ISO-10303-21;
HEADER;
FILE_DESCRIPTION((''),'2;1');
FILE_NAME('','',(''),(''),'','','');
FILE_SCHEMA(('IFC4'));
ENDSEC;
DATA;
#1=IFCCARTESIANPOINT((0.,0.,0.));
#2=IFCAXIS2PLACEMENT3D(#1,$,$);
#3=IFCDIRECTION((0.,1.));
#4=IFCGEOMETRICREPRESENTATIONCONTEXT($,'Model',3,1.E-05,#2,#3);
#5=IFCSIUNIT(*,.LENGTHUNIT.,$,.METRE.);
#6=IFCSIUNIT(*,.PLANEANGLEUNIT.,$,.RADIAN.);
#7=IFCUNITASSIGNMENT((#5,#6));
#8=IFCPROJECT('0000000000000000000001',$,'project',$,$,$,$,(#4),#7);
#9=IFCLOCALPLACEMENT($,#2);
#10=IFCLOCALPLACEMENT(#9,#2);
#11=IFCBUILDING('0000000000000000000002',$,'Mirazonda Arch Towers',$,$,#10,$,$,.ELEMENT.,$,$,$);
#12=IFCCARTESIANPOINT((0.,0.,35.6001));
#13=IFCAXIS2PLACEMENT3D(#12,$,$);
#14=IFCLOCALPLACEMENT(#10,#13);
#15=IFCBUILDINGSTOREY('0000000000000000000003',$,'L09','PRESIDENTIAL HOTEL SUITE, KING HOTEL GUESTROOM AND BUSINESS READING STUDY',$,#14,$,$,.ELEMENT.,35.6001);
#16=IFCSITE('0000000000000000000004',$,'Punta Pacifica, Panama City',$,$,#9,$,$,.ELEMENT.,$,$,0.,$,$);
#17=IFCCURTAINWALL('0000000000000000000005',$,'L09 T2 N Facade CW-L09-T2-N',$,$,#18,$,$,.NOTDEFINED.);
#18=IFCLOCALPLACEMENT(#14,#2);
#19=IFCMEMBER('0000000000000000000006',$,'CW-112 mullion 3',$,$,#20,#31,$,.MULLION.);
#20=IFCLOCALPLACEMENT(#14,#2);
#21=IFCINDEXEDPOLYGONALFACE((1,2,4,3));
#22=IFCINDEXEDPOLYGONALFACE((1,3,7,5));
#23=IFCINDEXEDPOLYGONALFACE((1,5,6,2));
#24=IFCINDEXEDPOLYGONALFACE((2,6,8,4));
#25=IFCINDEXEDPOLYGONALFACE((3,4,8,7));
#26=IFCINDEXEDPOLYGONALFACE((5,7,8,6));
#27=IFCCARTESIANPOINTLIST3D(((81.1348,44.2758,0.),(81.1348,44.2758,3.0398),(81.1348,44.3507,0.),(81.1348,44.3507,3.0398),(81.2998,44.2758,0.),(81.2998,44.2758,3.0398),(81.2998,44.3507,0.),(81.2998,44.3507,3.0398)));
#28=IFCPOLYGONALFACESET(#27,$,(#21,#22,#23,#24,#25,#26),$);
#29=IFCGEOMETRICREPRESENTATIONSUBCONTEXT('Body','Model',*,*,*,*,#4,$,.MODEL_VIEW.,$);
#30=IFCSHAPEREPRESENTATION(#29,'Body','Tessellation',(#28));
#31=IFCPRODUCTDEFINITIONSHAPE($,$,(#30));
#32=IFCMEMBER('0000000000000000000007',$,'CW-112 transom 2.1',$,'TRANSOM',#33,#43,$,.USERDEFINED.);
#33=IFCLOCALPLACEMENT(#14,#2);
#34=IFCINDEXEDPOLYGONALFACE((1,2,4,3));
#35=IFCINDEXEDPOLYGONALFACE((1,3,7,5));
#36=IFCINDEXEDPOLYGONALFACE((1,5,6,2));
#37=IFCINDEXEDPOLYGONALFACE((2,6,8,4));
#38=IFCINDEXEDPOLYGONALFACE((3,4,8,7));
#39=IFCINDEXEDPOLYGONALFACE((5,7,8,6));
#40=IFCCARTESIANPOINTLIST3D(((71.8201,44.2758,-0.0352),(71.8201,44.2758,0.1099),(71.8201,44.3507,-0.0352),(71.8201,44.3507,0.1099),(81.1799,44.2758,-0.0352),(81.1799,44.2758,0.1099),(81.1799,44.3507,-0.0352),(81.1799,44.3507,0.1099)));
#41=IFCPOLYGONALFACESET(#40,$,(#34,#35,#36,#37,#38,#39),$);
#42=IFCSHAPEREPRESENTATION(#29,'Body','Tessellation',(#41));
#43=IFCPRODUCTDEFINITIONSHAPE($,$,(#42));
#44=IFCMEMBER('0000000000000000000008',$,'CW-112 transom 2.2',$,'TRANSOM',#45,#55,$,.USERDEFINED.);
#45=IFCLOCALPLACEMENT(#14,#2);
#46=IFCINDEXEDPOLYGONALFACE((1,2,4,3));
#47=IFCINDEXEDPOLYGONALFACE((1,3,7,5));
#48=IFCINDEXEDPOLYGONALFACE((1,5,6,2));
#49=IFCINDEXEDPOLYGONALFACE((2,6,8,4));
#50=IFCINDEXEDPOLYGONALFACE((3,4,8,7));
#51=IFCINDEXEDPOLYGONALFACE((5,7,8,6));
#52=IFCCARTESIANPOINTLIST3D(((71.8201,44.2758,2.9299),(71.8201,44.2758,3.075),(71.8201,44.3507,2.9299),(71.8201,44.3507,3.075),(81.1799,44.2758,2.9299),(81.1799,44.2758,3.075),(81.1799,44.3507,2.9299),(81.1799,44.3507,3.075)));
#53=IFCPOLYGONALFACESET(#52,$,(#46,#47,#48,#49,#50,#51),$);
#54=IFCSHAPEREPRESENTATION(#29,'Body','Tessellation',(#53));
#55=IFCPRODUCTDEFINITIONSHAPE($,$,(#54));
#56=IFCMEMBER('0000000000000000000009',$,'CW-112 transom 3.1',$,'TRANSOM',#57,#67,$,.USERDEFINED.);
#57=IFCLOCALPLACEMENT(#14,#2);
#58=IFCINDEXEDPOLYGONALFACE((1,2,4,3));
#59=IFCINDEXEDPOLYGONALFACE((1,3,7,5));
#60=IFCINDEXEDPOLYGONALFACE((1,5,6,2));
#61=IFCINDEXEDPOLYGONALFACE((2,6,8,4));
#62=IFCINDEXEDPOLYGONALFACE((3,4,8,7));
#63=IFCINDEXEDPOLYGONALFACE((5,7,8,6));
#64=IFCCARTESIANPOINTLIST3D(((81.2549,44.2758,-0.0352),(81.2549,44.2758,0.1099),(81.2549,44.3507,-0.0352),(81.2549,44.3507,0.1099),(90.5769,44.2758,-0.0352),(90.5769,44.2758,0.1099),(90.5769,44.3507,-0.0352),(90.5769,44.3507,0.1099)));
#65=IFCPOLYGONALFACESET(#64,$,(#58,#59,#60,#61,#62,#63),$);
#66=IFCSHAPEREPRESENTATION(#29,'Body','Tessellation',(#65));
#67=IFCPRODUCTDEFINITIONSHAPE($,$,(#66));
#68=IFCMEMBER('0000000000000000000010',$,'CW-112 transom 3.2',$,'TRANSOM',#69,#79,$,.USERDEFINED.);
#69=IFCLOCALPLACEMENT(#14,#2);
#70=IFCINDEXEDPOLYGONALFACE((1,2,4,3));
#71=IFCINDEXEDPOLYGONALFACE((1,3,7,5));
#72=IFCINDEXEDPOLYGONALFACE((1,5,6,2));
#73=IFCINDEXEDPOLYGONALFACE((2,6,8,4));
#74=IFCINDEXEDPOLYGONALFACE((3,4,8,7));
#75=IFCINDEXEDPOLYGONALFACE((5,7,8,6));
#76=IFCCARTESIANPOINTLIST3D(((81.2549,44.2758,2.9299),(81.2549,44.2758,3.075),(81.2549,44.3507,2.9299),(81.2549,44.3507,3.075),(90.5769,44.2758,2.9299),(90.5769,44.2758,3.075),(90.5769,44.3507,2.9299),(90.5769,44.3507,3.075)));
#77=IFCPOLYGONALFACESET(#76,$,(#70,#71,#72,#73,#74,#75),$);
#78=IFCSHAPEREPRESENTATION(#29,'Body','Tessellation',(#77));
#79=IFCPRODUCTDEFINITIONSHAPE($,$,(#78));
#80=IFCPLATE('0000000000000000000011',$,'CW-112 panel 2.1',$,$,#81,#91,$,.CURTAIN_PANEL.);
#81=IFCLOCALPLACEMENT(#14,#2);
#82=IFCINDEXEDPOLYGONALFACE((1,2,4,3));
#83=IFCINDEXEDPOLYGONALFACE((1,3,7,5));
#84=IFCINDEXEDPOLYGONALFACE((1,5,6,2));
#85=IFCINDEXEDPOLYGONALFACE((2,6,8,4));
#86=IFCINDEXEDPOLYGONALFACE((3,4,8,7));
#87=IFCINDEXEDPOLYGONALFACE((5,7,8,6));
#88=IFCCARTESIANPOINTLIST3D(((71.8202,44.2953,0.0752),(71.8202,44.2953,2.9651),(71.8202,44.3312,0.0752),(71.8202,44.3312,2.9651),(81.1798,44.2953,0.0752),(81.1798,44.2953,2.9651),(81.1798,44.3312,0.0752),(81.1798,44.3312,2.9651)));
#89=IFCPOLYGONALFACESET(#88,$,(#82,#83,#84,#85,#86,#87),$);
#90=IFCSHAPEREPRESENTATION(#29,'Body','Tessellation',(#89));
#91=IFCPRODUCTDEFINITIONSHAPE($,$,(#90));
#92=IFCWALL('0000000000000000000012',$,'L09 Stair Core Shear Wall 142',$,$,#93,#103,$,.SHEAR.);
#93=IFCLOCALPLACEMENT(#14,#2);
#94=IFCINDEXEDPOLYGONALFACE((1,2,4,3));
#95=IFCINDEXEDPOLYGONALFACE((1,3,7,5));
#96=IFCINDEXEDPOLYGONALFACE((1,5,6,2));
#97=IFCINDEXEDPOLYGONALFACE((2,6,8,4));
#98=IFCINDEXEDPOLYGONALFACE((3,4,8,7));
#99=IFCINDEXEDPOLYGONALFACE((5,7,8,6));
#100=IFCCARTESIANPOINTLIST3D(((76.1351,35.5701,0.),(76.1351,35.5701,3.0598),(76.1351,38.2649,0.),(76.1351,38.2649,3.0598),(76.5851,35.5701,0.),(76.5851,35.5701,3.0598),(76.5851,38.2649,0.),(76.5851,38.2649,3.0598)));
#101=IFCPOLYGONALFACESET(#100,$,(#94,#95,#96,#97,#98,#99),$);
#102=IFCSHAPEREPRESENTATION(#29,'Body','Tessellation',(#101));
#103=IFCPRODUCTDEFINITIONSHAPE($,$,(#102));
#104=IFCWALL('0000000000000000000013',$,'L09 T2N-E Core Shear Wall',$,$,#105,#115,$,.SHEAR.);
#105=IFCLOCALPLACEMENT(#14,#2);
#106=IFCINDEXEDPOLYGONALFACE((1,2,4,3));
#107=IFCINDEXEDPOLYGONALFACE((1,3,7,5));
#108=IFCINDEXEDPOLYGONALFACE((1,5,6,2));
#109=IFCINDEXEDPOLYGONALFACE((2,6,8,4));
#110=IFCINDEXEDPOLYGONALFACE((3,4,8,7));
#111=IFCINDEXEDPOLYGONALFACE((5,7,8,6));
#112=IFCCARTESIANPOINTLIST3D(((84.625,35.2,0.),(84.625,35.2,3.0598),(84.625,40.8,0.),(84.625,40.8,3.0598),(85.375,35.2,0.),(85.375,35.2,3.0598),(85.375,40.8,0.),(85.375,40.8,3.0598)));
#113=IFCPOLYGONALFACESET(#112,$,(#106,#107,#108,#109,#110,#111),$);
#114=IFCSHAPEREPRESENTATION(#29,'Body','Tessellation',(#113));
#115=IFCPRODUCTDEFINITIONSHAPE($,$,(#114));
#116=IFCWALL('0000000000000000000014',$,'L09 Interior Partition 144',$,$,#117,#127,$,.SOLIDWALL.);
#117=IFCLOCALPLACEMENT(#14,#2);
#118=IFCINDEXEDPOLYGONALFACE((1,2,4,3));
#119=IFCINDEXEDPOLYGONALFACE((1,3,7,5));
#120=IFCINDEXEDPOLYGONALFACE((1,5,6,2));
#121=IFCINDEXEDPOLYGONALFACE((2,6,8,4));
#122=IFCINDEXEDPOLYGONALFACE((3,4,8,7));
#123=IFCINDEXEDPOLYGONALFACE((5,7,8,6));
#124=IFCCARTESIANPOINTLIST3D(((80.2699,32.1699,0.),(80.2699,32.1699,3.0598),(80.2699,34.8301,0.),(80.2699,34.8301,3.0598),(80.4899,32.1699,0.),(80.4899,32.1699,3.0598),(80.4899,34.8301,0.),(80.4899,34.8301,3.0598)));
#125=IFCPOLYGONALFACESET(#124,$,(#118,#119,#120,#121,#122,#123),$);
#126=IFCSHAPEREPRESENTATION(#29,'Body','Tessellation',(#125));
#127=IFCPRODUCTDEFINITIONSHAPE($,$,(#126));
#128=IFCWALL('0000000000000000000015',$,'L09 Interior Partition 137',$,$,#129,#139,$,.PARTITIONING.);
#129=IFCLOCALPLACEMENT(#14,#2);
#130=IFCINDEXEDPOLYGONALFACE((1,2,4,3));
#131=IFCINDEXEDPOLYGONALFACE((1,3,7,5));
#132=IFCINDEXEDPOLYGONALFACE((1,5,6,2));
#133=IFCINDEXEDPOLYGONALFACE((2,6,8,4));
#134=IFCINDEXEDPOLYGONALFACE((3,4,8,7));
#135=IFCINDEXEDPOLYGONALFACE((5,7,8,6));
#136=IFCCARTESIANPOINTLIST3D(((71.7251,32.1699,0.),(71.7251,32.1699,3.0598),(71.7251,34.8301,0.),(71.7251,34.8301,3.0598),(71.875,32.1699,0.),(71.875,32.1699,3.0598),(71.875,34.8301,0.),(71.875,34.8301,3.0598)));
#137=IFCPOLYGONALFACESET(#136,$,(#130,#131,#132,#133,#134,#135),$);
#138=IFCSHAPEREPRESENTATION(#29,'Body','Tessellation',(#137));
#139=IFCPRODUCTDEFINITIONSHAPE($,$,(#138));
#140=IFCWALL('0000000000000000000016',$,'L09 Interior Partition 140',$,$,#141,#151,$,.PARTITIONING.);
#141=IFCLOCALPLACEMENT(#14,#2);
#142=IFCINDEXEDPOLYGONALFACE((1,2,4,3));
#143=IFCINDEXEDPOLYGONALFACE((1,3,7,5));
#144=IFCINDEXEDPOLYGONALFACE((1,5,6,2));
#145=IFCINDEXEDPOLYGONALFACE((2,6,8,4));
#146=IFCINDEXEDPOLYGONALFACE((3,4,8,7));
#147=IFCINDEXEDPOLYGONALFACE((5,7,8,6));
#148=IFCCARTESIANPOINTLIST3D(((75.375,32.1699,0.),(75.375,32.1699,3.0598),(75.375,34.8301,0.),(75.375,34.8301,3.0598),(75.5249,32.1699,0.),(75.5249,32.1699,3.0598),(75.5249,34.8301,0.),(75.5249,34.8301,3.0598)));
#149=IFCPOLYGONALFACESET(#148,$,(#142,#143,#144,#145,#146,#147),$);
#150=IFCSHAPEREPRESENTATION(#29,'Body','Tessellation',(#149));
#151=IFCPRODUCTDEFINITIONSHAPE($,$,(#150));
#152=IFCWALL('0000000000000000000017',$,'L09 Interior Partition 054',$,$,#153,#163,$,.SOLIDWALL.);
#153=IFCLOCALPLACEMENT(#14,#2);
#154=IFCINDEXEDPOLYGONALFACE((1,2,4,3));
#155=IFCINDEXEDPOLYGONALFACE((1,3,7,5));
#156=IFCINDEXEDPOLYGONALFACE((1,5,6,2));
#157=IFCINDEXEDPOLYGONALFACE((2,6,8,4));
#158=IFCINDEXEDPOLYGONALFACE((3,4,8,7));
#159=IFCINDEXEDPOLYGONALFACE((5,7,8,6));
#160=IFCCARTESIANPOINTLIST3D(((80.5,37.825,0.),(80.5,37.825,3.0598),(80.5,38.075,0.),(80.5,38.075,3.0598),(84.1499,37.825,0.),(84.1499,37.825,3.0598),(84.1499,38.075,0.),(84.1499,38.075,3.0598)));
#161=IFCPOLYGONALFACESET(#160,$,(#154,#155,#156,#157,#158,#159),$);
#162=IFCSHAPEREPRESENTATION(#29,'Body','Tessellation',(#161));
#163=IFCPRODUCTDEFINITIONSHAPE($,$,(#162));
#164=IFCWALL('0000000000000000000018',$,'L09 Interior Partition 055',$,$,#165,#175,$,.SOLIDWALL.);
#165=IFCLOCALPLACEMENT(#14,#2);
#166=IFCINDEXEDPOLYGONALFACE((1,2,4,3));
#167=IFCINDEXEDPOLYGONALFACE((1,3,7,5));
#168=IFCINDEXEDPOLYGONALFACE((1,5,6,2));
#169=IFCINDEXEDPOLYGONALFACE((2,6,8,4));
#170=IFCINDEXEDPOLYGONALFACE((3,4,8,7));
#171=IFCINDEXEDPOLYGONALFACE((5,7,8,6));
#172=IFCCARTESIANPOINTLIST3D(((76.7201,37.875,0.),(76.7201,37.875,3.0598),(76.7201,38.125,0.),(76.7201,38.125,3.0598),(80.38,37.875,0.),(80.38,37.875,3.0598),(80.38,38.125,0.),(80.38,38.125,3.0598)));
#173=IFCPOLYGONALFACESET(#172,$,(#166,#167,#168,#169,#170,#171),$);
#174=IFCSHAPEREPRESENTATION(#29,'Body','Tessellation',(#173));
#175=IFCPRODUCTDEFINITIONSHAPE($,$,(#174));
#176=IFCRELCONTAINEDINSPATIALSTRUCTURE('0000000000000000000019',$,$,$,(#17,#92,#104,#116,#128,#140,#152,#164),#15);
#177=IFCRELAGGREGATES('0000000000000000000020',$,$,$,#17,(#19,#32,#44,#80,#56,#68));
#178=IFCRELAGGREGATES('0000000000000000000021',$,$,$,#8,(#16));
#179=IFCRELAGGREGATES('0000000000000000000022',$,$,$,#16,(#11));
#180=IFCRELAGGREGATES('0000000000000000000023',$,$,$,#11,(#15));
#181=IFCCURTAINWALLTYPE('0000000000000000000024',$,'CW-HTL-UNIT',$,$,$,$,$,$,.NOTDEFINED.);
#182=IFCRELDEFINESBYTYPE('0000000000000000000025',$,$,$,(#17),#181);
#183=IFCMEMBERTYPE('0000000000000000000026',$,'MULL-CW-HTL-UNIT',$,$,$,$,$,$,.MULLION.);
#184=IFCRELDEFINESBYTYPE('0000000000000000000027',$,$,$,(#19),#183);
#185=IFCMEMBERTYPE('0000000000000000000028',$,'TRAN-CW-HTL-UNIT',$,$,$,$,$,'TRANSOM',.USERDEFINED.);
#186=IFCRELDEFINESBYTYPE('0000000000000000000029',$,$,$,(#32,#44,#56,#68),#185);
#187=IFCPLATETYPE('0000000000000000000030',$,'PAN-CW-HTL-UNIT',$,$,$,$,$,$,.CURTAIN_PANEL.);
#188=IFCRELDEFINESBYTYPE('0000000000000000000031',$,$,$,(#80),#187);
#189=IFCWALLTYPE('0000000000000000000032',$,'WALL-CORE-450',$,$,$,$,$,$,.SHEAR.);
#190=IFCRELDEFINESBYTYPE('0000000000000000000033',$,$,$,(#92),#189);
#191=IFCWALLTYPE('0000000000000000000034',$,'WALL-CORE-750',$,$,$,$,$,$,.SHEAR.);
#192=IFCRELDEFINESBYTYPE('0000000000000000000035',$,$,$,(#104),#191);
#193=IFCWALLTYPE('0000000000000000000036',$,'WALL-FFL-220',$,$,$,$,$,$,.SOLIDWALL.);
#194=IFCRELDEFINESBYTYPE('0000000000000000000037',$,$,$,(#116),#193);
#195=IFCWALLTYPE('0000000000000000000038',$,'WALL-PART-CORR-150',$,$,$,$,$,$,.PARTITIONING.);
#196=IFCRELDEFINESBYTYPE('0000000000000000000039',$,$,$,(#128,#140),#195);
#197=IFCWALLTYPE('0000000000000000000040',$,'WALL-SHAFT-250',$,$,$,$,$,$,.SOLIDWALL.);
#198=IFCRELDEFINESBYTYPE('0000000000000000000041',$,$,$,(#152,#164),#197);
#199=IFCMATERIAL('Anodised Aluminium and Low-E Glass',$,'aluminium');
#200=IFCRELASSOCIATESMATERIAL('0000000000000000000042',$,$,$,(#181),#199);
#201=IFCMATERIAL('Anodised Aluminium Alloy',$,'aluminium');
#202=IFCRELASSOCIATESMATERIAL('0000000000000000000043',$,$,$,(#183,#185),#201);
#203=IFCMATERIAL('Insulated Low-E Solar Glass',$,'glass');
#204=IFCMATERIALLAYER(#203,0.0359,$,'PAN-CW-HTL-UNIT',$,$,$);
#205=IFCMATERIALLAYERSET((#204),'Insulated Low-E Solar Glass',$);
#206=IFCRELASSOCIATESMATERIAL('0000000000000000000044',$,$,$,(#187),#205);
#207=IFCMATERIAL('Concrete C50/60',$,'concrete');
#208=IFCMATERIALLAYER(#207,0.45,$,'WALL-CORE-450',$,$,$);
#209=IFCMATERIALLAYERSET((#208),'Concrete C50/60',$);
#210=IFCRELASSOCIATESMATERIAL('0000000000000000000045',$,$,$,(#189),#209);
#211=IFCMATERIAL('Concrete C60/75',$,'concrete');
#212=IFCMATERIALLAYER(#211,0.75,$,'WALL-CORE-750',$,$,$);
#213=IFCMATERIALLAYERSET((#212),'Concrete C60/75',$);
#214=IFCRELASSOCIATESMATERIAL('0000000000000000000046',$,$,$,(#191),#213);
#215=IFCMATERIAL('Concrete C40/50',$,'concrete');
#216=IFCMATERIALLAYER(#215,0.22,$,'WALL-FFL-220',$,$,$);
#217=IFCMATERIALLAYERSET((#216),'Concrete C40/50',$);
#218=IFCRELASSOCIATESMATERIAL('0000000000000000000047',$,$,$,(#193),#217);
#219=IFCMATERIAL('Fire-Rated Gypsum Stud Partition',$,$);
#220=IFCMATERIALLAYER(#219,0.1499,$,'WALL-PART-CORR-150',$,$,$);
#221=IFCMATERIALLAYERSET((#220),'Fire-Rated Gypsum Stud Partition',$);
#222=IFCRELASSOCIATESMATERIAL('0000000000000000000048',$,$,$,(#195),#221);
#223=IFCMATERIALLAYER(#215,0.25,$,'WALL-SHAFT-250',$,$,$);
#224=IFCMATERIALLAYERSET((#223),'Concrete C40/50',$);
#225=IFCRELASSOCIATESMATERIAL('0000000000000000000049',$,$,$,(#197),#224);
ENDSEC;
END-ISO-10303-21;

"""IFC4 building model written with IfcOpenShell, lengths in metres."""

from ifc_helpers import new_model, si_unit, direction, frame, frame_2d, origin, origin_2d, place, context, subcontext, project, spatial, rectangle, extrude, material, layer, layer_set, material_profile, profile_set, type_object, element, aggregate, save


model = new_model("IFC4")

# Units and contexts
model_context = context("Model", 3, precision=1e-05, world=origin(), true_north=direction((0.0, 1.0)))
body_context = subcontext(model_context, "Body", "Model", "MODEL_VIEW")
ifc_project = project(units=[si_unit("LENGTHUNIT", "METRE"), si_unit("PLANEANGLEUNIT", "RADIAN")], contexts=[model_context])

# Site, building, storey
site_placement = place(None, origin())
site = spatial("IfcSite", under=ifc_project, at=site_placement, Name="Punta Pacifica, Panama City", CompositionType="ELEMENT", RefElevation=0.0)
building_placement = place(site_placement, origin())
building = spatial("IfcBuilding", under=site, at=building_placement, Name="Mirazonda Arch Towers", CompositionType="ELEMENT")
storey_placement = place(building_placement, frame((0.0, 0.0, 35.6001)))
storey = spatial("IfcBuildingStorey", under=building, at=storey_placement, Name="L09", Description="PRESIDENTIAL HOTEL SUITE, KING HOTEL GUESTROOM AND BUSINESS READING STUDY", CompositionType="ELEMENT", Elevation=35.6001)

# Shared definitions
ifc_material_1 = material(Name="Concrete C60/75", Category="concrete")

# Curtain wall, members, plate
ifc_material_2 = material(Name="Anodised Aluminium and Low-E Glass", Category="aluminium")
curtain_wall_type = type_object("IfcCurtainWallType", Name="CW-HTL-UNIT", PredefinedType="NOTDEFINED", material=ifc_material_2)
curtain_wall_placement = place(storey_placement, origin())
curtain_wall = element("IfcCurtainWall", 1, at=curtain_wall_placement, inside=storey, type_object=curtain_wall_type, Name="L09 T2 N Facade CW-L09-T2-N", PredefinedType="NOTDEFINED")
ifc_material_3 = material(Name="Anodised Aluminium Alloy", Category="aluminium")
ifc_material_profile_1 = material_profile(ifc_material_3, rectangle(XDim=0.075, YDim=0.165, at=origin_2d()), Name="ALU-MULL-75x165")
ifc_profile_set_1 = profile_set([ifc_material_profile_1], Name="Anodised Aluminium Alloy")
member_type_1 = type_object("IfcMemberType", Name="MULL-CW-HTL-UNIT", PredefinedType="MULLION", material=ifc_profile_set_1)
member_1_placement = place(storey_placement, frame((81.2173, 44.3132, 0.0), z_axis=(0.0, 0.0, 1.0), x_axis=(0.0, 1.0, 0.0)))
member_1 = element("IfcMember", 2, at=member_1_placement, type_object=member_type_1, Name="CW-112 mullion 3", PredefinedType="MULLION", context=body_context, shape_type="SweptSolid", body=[
    extrude(rectangle(XDim=0.075, YDim=0.165, at=origin_2d()), origin(), (0.0, 0.0, 1.0), 3.0398),
])
ifc_material_profile_2 = material_profile(ifc_material_3, rectangle(XDim=0.075, YDim=0.145, at=origin_2d()), Name="ALU-TRAN-75x145")
ifc_profile_set_2 = profile_set([ifc_material_profile_2], Name="Anodised Aluminium Alloy")
member_type_2 = type_object("IfcMemberType", Name="TRAN-CW-HTL-UNIT", ElementType="TRANSOM", PredefinedType="USERDEFINED", material=ifc_profile_set_2)
member_2_placement = place(storey_placement, frame((71.8201, 44.3132, 0.0374), z_axis=(1.0, 0.0, 0.0), x_axis=(0.0, 1.0, 0.0)))
member_2 = element("IfcMember", 3, at=member_2_placement, type_object=member_type_2, Name="CW-112 transom 2.1", ObjectType="TRANSOM", PredefinedType="USERDEFINED", context=body_context, shape_type="SweptSolid", body=[
    extrude(rectangle(XDim=0.075, YDim=0.145, at=origin_2d()), origin(), (0.0, 0.0, 1.0), 9.3599),
])
member_3_placement = place(storey_placement, frame((71.8201, 44.3132, 3.0024), z_axis=(1.0, 0.0, 0.0), x_axis=(0.0, 1.0, 0.0)))
member_3 = element("IfcMember", 4, at=member_3_placement, type_object=member_type_2, Name="CW-112 transom 2.2", ObjectType="TRANSOM", PredefinedType="USERDEFINED", context=body_context, shape_type="SweptSolid", body=[
    extrude(rectangle(XDim=0.075, YDim=0.145, at=origin_2d()), origin(), (0.0, 0.0, 1.0), 9.3599),
])
member_4_placement = place(storey_placement, frame((81.2549, 44.3132, 0.0374), z_axis=(1.0, 0.0, 0.0), x_axis=(0.0, 1.0, 0.0)))
member_4 = element("IfcMember", 5, at=member_4_placement, type_object=member_type_2, Name="CW-112 transom 3.1", ObjectType="TRANSOM", PredefinedType="USERDEFINED", context=body_context, shape_type="SweptSolid", body=[
    extrude(rectangle(XDim=0.075, YDim=0.145, at=origin_2d()), origin(), (0.0, 0.0, 1.0), 9.322),
])
member_5_placement = place(storey_placement, frame((81.2549, 44.3132, 3.0024), z_axis=(1.0, 0.0, 0.0), x_axis=(0.0, 1.0, 0.0)))
member_5 = element("IfcMember", 6, at=member_5_placement, type_object=member_type_2, Name="CW-112 transom 3.2", ObjectType="TRANSOM", PredefinedType="USERDEFINED", context=body_context, shape_type="SweptSolid", body=[
    extrude(rectangle(XDim=0.075, YDim=0.145, at=origin_2d()), origin(), (0.0, 0.0, 1.0), 9.322),
])
ifc_material_4 = material(Name="Insulated Low-E Solar Glass", Category="glass")
ifc_layer_1 = layer(ifc_material_4, 0.0359, Name="PAN-CW-HTL-UNIT")
ifc_layer_set_1 = layer_set([ifc_layer_1], Name="Insulated Low-E Solar Glass")
plate_type = type_object("IfcPlateType", Name="PAN-CW-HTL-UNIT", PredefinedType="CURTAIN_PANEL", material=ifc_layer_set_1)
plate_placement = place(storey_placement, frame((76.5, 44.3132, 0.0752), z_axis=(0.0, 0.0, 1.0), x_axis=(1.0, 0.0, 0.0)))
plate = element("IfcPlate", 7, at=plate_placement, type_object=plate_type, Name="CW-112 panel 2.1", PredefinedType="CURTAIN_PANEL", context=body_context, shape_type="SweptSolid", body=[
    extrude(rectangle(XDim=9.3596, YDim=0.0359, at=origin_2d()), origin(), (0.0, 0.0, 1.0), 2.8899),
])
aggregate(curtain_wall, [member_1, member_2, member_3, plate, member_4, member_5])

# Walls
ifc_material_5 = material(Name="Concrete C50/60", Category="concrete")
ifc_layer_2 = layer(ifc_material_5, 0.45, Name="WALL-CORE-450")
ifc_layer_set_2 = layer_set([ifc_layer_2], Name="Concrete C50/60")
wall_type_1 = type_object("IfcWallType", Name="WALL-CORE-450", PredefinedType="SHEAR", material=ifc_layer_set_2)
wall_1_placement = place(storey_placement, frame((76.3601, 35.5701, 0.0), z_axis=(0.0, 0.0, 1.0), x_axis=(0.0, 1.0, 0.0)))
element("IfcWall", 8, at=wall_1_placement, inside=storey, type_object=wall_type_1, Name="L09 Stair Core Shear Wall 142", PredefinedType="SHEAR", context=body_context, shape_type="SweptSolid", body=[
    extrude(rectangle(XDim=2.6948, YDim=0.45, at=frame_2d((1.3474, 0.0))), origin(), (0.0, 0.0, 1.0), 3.0598),
])
ifc_layer_3 = layer(ifc_material_1, 0.75, Name="WALL-CORE-750")
ifc_layer_set_3 = layer_set([ifc_layer_3], Name="Concrete C60/75")
wall_type_2 = type_object("IfcWallType", Name="WALL-CORE-750", PredefinedType="SHEAR", material=ifc_layer_set_3)
wall_2_placement = place(storey_placement, frame((85.0, 35.2, 0.0), z_axis=(0.0, 0.0, 1.0), x_axis=(0.0, 1.0, 0.0)))
element("IfcWall", 9, at=wall_2_placement, inside=storey, type_object=wall_type_2, Name="L09 T2N-E Core Shear Wall", PredefinedType="SHEAR", context=body_context, shape_type="SweptSolid", body=[
    extrude(rectangle(XDim=5.6001, YDim=0.75, at=frame_2d((2.8, 0.0))), origin(), (0.0, 0.0, 1.0), 3.0598),
])
ifc_material_6 = material(Name="Concrete C40/50", Category="concrete")
ifc_layer_4 = layer(ifc_material_6, 0.22, Name="WALL-FFL-220")
ifc_layer_set_4 = layer_set([ifc_layer_4], Name="Concrete C40/50")
wall_type_3 = type_object("IfcWallType", Name="WALL-FFL-220", PredefinedType="SOLIDWALL", material=ifc_layer_set_4)
wall_3_placement = place(storey_placement, frame((80.3799, 32.1699, 0.0), z_axis=(0.0, 0.0, 1.0), x_axis=(0.0, 1.0, 0.0)))
element("IfcWall", 10, at=wall_3_placement, inside=storey, type_object=wall_type_3, Name="L09 Interior Partition 144", PredefinedType="SOLIDWALL", context=body_context, shape_type="SweptSolid", body=[
    extrude(rectangle(XDim=2.6602, YDim=0.22, at=frame_2d((1.3301, 0.0))), origin(), (0.0, 0.0, 1.0), 3.0598),
])
ifc_material_7 = material(Name="Fire-Rated Gypsum Stud Partition")
ifc_layer_5 = layer(ifc_material_7, 0.1499, Name="WALL-PART-CORR-150")
ifc_layer_set_5 = layer_set([ifc_layer_5], Name="Fire-Rated Gypsum Stud Partition")
wall_type_4 = type_object("IfcWallType", Name="WALL-PART-CORR-150", PredefinedType="PARTITIONING", material=ifc_layer_set_5)
for number, where, z_axis, x_axis, name in (
    (11, (71.8, 32.1699, 0.0), (0.0, 0.0, 1.0), (0.0, 1.0, 0.0), "L09 Interior Partition 137"),
    (12, (75.45, 32.1699, 0.0), (0.0, 0.0, 1.0), (0.0, 1.0, 0.0), "L09 Interior Partition 140"),
):
    element("IfcWall", number, at=place(storey_placement, frame(where, z_axis=z_axis, x_axis=x_axis)), inside=storey, type_object=wall_type_4, Name=name, PredefinedType="PARTITIONING", context=body_context, shape_type="SweptSolid", body=[
        extrude(rectangle(XDim=2.6602, YDim=0.1499, at=frame_2d((1.3301, 0.0))), origin(), (0.0, 0.0, 1.0), 3.0598),
    ])
ifc_layer_6 = layer(ifc_material_6, 0.25, Name="WALL-SHAFT-250")
ifc_layer_set_6 = layer_set([ifc_layer_6], Name="Concrete C40/50")
wall_type_5 = type_object("IfcWallType", Name="WALL-SHAFT-250", PredefinedType="SOLIDWALL", material=ifc_layer_set_6)
wall_4_placement = place(storey_placement, frame((80.5, 37.95, 0.0), z_axis=(0.0, 0.0, 1.0), x_axis=(1.0, 0.0, 0.0)))
element("IfcWall", 13, at=wall_4_placement, inside=storey, type_object=wall_type_5, Name="L09 Interior Partition 054", PredefinedType="SOLIDWALL", context=body_context, shape_type="SweptSolid", body=[
    extrude(rectangle(XDim=3.6499, YDim=0.25, at=frame_2d((1.825, 0.0))), origin(), (0.0, 0.0, 1.0), 3.0598),
])
wall_5_placement = place(storey_placement, frame((76.72, 38.0, 0.0), z_axis=(0.0, 0.0, 1.0), x_axis=(1.0, 0.0, 0.0)))
element("IfcWall", 14, at=wall_5_placement, inside=storey, type_object=wall_type_5, Name="L09 Interior Partition 055", PredefinedType="SOLIDWALL", context=body_context, shape_type="SweptSolid", body=[
    extrude(rectangle(XDim=3.6599, YDim=0.25, at=frame_2d((1.8301, 0.0))), origin(), (0.0, 0.0, 1.0), 3.0598),
])

save(model, "model.ifc")
